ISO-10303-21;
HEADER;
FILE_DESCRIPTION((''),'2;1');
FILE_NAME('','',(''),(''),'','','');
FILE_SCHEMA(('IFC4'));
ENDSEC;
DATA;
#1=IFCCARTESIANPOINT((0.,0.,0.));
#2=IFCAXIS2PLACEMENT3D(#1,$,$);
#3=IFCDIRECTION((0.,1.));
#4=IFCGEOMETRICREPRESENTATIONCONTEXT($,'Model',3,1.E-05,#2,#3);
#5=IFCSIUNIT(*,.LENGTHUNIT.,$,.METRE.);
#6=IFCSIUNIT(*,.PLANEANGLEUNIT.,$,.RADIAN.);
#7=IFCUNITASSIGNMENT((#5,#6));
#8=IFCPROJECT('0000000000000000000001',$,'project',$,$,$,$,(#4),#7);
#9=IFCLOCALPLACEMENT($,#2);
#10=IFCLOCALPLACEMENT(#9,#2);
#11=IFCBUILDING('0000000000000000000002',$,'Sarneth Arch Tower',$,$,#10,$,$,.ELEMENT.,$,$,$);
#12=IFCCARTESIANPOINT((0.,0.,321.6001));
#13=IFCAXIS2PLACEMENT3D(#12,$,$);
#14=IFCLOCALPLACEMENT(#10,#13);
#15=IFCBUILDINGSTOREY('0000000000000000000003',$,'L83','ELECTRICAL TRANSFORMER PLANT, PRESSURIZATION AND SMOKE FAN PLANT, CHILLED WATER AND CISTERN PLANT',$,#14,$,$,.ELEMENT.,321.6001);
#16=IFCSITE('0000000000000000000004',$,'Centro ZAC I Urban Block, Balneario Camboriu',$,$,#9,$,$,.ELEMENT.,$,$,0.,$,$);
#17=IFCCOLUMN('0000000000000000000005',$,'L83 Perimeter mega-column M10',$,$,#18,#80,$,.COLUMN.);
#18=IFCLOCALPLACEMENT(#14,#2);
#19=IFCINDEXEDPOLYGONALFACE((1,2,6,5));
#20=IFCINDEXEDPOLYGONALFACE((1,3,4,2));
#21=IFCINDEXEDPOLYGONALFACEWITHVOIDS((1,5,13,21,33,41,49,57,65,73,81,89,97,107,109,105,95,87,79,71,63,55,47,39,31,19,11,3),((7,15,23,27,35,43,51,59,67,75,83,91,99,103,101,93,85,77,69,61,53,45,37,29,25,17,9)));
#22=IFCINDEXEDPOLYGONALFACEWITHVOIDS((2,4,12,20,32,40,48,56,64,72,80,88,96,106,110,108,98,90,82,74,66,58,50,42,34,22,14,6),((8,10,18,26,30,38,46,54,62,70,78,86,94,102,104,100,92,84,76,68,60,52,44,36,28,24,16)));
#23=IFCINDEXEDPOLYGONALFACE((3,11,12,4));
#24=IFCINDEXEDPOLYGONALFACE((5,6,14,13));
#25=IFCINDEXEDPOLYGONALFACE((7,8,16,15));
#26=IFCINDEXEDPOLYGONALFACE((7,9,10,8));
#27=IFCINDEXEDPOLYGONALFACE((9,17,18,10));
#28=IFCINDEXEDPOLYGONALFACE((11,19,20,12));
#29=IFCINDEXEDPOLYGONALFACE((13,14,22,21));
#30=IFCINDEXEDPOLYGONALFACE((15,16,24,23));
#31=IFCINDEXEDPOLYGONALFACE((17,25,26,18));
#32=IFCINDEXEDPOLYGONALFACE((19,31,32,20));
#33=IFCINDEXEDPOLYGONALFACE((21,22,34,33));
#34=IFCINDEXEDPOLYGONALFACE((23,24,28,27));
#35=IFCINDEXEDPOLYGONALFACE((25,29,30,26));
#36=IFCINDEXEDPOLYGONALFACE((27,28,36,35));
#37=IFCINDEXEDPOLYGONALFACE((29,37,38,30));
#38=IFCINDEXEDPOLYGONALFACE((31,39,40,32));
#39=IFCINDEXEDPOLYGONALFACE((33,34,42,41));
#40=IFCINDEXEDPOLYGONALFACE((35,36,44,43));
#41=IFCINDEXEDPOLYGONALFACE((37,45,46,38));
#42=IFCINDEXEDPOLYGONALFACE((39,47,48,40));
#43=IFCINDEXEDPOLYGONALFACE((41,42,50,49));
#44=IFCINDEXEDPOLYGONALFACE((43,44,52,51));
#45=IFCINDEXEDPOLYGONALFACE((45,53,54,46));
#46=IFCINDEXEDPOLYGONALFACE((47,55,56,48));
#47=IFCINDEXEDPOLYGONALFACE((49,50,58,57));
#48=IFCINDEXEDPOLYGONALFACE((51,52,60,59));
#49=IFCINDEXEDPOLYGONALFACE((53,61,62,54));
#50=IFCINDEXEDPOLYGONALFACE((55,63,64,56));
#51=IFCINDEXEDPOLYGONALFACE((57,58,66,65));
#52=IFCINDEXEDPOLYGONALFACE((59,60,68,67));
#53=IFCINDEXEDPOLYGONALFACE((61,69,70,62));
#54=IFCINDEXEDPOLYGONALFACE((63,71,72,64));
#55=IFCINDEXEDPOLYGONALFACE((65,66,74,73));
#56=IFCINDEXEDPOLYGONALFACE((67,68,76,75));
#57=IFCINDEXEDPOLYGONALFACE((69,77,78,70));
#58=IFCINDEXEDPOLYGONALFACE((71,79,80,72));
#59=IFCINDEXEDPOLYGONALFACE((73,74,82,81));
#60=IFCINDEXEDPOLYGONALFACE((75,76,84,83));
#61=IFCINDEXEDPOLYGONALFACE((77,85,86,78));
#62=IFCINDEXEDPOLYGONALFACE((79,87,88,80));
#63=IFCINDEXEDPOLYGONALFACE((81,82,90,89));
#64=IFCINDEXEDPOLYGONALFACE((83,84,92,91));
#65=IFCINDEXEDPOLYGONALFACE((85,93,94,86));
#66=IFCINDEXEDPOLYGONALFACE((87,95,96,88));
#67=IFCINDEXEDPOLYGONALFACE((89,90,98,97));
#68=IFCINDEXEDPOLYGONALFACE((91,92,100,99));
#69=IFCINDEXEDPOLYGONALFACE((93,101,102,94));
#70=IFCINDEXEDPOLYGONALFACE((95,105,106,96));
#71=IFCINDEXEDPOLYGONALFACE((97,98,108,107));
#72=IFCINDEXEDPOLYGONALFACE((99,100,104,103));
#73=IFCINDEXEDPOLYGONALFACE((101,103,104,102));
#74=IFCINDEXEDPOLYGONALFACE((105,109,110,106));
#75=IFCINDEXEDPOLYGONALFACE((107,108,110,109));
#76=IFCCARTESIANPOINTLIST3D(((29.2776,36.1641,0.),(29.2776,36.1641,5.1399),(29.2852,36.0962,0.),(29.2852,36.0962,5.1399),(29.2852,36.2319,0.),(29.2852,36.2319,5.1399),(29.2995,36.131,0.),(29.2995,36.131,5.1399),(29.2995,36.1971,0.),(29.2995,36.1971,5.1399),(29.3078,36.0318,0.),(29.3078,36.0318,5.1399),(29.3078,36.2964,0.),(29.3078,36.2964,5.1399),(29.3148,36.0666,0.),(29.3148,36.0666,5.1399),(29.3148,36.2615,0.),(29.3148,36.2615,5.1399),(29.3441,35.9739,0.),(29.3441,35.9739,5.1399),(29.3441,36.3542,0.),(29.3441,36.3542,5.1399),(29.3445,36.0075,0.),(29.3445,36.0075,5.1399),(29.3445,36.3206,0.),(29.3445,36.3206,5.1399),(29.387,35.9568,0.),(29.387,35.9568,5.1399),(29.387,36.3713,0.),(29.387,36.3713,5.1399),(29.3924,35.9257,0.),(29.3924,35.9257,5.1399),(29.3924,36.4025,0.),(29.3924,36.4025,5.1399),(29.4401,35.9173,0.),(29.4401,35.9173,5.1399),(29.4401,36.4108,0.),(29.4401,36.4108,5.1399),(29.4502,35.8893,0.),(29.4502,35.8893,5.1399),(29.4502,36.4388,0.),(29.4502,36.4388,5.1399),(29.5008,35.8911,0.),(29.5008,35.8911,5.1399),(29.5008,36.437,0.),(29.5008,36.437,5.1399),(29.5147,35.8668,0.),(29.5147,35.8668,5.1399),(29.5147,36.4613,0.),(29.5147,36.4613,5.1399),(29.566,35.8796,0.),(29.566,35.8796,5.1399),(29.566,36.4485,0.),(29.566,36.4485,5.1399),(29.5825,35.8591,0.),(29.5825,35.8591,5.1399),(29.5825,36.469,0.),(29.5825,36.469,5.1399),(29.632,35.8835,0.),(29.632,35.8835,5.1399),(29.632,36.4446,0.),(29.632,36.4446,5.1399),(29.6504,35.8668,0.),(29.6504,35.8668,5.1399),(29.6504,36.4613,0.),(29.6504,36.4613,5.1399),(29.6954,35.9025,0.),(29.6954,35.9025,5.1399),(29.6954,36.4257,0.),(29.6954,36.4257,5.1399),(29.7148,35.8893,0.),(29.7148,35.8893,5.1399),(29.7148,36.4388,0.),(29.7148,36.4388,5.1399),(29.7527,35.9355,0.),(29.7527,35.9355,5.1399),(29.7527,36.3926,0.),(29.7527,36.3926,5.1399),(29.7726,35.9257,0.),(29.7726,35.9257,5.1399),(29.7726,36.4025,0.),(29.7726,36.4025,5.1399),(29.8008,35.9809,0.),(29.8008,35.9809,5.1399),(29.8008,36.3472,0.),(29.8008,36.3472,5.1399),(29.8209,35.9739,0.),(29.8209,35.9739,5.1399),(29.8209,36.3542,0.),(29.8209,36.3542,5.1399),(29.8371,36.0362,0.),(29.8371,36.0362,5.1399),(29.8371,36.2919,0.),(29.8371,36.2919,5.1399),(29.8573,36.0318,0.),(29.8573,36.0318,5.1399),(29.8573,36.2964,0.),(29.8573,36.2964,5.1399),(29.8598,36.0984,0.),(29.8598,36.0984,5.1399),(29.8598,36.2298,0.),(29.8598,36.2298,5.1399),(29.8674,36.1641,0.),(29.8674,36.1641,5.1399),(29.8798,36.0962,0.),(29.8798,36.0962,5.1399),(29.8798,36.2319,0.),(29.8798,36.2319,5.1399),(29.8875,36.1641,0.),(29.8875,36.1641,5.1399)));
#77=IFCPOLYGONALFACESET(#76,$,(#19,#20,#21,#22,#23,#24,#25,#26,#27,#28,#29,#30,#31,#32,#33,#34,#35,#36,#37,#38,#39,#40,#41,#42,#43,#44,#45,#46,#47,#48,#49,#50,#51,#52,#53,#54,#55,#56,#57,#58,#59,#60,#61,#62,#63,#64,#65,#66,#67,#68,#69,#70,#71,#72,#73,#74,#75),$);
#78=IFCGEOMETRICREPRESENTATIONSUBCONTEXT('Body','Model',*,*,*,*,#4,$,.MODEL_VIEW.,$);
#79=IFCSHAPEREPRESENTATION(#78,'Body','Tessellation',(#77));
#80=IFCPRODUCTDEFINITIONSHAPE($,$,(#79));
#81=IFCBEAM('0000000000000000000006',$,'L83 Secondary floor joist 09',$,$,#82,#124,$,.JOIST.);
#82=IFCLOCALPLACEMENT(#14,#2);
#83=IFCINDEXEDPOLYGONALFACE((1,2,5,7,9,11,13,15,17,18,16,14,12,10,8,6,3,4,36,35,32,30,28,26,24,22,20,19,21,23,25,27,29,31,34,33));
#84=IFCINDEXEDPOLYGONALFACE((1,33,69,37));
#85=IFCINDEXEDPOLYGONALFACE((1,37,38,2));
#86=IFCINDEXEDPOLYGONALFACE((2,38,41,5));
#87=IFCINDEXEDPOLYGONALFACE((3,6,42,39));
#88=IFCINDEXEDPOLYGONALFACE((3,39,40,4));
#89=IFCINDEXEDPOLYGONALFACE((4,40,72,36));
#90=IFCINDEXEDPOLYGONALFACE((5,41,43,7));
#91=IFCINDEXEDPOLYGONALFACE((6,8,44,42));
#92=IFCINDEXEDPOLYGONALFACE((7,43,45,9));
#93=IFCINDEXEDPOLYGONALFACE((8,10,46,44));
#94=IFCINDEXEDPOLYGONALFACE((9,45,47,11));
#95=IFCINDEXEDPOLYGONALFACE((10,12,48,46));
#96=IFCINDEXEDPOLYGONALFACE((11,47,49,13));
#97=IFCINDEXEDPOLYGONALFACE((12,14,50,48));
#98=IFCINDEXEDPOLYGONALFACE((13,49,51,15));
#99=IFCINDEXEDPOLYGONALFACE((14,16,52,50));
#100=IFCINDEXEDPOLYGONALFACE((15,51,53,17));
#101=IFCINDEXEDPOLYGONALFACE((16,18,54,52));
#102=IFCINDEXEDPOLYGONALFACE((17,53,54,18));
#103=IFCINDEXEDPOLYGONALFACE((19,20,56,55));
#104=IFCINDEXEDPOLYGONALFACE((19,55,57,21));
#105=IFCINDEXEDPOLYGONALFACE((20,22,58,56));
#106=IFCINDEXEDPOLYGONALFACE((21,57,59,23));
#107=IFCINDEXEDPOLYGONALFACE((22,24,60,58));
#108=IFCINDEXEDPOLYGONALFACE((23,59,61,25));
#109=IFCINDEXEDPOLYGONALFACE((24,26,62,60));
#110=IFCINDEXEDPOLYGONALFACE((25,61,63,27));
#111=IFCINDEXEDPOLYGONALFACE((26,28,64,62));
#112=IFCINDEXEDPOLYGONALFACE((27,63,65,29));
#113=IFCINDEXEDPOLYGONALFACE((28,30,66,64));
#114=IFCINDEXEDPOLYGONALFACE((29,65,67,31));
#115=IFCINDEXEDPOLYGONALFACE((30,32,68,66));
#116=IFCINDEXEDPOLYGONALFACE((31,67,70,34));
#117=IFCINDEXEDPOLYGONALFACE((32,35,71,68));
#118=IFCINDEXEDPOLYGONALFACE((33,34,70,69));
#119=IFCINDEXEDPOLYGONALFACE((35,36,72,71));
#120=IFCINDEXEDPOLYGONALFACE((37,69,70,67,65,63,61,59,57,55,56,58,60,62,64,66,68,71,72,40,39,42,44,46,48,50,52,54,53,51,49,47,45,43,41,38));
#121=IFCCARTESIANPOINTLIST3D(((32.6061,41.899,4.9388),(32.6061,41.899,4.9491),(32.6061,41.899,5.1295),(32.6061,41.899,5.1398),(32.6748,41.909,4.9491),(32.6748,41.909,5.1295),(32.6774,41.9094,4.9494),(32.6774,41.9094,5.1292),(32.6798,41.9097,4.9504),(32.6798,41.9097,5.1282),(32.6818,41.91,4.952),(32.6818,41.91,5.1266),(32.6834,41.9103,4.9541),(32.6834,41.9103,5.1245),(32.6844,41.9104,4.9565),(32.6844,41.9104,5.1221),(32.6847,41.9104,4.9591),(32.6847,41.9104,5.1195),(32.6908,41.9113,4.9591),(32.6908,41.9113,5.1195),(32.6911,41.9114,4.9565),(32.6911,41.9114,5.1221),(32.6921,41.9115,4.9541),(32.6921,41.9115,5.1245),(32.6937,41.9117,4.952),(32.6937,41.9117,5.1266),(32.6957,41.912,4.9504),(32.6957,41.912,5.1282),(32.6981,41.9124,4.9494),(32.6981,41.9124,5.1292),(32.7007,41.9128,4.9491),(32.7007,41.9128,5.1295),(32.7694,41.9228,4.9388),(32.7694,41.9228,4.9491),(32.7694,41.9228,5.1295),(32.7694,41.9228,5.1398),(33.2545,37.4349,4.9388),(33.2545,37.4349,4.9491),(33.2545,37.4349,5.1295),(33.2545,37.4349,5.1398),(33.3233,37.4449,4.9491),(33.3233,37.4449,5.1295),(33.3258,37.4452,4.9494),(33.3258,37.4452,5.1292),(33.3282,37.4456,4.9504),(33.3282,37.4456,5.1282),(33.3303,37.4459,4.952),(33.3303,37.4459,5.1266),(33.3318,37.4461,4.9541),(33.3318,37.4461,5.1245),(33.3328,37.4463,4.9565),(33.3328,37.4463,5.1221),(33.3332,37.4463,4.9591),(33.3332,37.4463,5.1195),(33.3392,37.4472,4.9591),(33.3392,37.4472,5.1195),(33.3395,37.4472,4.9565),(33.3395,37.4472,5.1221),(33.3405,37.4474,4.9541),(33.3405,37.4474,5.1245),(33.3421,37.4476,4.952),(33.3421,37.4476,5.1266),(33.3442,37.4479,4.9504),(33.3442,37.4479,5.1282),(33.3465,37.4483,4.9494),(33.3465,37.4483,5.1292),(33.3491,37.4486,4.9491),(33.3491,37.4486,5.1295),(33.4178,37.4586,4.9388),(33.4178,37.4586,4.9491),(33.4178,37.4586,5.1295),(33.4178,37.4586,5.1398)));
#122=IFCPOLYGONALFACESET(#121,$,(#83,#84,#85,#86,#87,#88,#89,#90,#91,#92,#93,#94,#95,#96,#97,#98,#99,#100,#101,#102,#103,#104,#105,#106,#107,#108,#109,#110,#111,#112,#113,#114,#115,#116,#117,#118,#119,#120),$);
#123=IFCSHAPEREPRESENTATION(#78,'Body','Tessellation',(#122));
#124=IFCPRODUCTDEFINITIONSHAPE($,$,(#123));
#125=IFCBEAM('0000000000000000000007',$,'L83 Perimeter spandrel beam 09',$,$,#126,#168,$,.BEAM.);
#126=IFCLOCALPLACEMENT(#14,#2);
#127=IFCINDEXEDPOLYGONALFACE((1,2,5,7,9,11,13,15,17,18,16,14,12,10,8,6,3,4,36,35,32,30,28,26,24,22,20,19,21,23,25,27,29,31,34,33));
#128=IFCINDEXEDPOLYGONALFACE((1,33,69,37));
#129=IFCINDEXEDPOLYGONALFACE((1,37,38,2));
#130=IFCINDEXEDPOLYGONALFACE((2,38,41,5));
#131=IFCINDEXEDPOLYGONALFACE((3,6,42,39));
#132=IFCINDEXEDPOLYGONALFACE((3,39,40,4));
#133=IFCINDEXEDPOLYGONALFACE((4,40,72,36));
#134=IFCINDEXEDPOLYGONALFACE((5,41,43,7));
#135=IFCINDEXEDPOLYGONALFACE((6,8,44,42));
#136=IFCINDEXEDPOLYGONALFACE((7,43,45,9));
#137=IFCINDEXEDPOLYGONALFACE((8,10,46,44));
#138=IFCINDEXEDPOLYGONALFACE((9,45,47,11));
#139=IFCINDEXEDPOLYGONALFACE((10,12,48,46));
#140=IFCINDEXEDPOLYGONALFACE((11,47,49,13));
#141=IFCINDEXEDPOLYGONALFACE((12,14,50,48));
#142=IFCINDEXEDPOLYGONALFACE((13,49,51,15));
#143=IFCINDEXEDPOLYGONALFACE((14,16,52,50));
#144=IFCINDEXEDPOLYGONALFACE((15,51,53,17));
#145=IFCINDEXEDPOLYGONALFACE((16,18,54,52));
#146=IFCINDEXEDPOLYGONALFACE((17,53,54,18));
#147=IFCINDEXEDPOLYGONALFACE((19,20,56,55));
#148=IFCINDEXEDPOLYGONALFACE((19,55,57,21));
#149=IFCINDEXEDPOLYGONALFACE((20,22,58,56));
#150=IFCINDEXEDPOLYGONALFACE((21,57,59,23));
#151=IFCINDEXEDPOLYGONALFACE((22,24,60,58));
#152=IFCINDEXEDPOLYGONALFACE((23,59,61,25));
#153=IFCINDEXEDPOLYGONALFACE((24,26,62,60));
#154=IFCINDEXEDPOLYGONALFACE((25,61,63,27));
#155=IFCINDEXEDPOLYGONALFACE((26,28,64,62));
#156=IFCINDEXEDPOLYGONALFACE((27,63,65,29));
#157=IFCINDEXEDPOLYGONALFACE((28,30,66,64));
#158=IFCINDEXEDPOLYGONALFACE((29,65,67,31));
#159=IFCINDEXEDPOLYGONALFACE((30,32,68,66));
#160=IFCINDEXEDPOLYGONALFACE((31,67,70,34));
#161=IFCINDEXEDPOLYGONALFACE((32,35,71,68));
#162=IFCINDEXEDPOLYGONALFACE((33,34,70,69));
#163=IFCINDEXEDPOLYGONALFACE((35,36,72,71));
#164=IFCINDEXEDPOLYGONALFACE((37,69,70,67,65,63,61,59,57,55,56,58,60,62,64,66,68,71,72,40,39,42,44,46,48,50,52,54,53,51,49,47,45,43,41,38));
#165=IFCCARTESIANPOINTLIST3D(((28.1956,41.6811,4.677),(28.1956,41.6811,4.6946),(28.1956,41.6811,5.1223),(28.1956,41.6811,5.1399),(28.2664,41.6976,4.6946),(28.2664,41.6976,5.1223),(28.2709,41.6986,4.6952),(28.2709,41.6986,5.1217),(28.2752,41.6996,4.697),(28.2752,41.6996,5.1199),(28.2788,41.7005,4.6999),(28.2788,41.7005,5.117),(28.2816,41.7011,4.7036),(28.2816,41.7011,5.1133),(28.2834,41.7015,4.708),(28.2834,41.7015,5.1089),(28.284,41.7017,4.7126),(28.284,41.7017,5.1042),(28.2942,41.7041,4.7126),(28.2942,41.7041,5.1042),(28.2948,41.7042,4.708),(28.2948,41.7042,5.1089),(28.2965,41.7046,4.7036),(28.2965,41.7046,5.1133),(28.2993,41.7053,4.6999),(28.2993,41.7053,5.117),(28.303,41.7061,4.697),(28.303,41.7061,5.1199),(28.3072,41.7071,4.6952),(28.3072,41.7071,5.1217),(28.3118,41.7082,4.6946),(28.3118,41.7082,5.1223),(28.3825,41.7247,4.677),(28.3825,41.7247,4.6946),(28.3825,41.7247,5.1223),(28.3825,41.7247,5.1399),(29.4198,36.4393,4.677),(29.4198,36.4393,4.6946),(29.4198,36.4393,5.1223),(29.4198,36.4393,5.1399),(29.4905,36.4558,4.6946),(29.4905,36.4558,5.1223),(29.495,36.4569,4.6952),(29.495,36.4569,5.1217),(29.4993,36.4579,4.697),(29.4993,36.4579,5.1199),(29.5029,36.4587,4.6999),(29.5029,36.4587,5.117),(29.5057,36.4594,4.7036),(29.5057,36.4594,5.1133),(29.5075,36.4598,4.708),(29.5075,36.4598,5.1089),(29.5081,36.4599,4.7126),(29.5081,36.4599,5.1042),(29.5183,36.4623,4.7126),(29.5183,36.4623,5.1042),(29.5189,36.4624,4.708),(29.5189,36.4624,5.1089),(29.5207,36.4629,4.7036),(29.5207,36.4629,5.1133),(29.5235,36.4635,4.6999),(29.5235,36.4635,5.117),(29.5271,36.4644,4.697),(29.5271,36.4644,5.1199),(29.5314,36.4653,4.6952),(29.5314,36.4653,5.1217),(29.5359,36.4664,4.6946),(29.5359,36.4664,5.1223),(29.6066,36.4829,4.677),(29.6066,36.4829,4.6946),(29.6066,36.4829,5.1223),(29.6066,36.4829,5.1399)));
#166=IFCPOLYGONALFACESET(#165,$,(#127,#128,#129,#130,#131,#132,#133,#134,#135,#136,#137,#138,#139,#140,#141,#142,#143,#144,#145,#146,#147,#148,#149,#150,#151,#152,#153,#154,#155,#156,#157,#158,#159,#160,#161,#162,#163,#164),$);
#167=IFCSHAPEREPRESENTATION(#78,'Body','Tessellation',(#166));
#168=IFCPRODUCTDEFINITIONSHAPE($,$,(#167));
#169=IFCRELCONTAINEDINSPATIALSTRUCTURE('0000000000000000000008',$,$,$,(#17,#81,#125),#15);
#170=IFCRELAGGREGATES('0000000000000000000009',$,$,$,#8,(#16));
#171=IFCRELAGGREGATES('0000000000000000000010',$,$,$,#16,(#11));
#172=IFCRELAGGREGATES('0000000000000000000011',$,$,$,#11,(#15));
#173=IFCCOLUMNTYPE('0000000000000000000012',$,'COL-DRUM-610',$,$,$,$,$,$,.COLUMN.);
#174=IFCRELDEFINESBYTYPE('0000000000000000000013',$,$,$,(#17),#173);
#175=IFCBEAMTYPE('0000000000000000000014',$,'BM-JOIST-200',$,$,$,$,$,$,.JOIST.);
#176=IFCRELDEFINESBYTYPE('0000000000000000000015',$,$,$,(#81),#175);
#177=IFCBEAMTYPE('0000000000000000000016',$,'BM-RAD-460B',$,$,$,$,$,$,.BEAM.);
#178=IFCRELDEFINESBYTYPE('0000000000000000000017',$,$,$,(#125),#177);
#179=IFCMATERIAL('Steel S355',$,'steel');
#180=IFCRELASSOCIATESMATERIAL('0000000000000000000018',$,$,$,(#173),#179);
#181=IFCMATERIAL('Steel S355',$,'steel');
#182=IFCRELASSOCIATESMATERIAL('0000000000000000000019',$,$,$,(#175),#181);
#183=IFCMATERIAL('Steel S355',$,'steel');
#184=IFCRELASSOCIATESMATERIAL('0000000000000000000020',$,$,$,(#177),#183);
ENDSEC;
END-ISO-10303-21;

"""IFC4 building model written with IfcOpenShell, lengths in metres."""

from ifc_helpers import new_model, si_unit, direction, frame, origin, origin_2d, place, context, subcontext, project, spatial, hollow_circle, i_section, extrude, material, material_profile, profile_set, type_object, element, save


model = new_model("IFC4")

# Units and contexts
model_context = context("Model", 3, precision=1e-05, world=origin(), true_north=direction((0.0, 1.0)))
body_context = subcontext(model_context, "Body", "Model", "MODEL_VIEW")
ifc_project = project(units=[si_unit("LENGTHUNIT", "METRE"), si_unit("PLANEANGLEUNIT", "RADIAN")], contexts=[model_context])

# Site, building, storey
site_placement = place(None, origin())
site = spatial("IfcSite", under=ifc_project, at=site_placement, Name="Centro ZAC I Urban Block, Balneario Camboriu", CompositionType="ELEMENT", RefElevation=0.0)
building_placement = place(site_placement, origin())
building = spatial("IfcBuilding", under=site, at=building_placement, Name="Sarneth Arch Tower", CompositionType="ELEMENT")
storey_placement = place(building_placement, frame((0.0, 0.0, 321.6001)))
storey = spatial("IfcBuildingStorey", under=building, at=storey_placement, Name="L83", Description="ELECTRICAL TRANSFORMER PLANT, PRESSURIZATION AND SMOKE FAN PLANT, CHILLED WATER AND CISTERN PLANT", CompositionType="ELEMENT", Elevation=321.6001)

# Column
ifc_material_1 = material(Name="Steel S355", Category="steel")
ifc_material_profile_1 = material_profile(ifc_material_1, hollow_circle(Radius=0.3049, WallThickness=0.02, at=origin_2d()), Name="CHS610x20")
ifc_profile_set_1 = profile_set([ifc_material_profile_1], Name="Steel S355")
column_type = type_object("IfcColumnType", Name="COL-DRUM-610", PredefinedType="COLUMN", material=ifc_profile_set_1)
column_placement = place(storey_placement, frame((29.5825, 36.1641, 0.0), z_axis=(0.0, 0.0, 1.0), x_axis=(1.0, 0.0, 0.0)))
element("IfcColumn", 1, at=column_placement, inside=storey, type_object=column_type, Name="L83 Perimeter mega-column M10", PredefinedType="COLUMN", context=body_context, shape_type="SweptSolid", body=[
    extrude(hollow_circle(Radius=0.3049, WallThickness=0.02, at=origin_2d()), origin(), (0.0, 0.0, 1.0), 5.1399),
])

# Beams
ifc_material_2 = material(Name="Steel S355", Category="steel")
ifc_material_profile_2 = material_profile(ifc_material_2, i_section(OverallWidth=0.165, OverallDepth=0.2009, WebThickness=0.0061, FlangeThickness=0.0103, FilletRadius=0.01, at=origin_2d()), Name="W200x35.9")
ifc_profile_set_2 = profile_set([ifc_material_profile_2], Name="Steel S355")
beam_type_1 = type_object("IfcBeamType", Name="BM-JOIST-200", PredefinedType="JOIST", material=ifc_profile_set_2)
beam_1_placement = place(storey_placement, frame((32.6877, 41.9109, 5.0393), z_axis=(0.143747, -0.989614, 0.0), x_axis=(0.989614, 0.143747, 0.0)))
element("IfcBeam", 2, at=beam_1_placement, inside=storey, type_object=beam_type_1, Name="L83 Secondary floor joist 09", PredefinedType="JOIST", context=body_context, shape_type="SweptSolid", body=[
    extrude(i_section(OverallWidth=0.165, OverallDepth=0.2009, WebThickness=0.0061, FlangeThickness=0.0103, FilletRadius=0.01, at=origin_2d()), origin(), (0.0, 0.0, 1.0), 4.511),
])
ifc_material_3 = material(Name="Steel S355", Category="steel")
ifc_material_profile_3 = material_profile(ifc_material_3, i_section(OverallWidth=0.1919, OverallDepth=0.4629, WebThickness=0.0105, FlangeThickness=0.0176, FilletRadius=0.0181, at=origin_2d()), Name="W460x89")
ifc_profile_set_3 = profile_set([ifc_material_profile_3], Name="Steel S355")
beam_type_2 = type_object("IfcBeamType", Name="BM-RAD-460B", PredefinedType="BEAM", material=ifc_profile_set_3)
beam_2_placement = place(storey_placement, frame((28.2891, 41.7029, 4.9084), z_axis=(0.227416, -0.973798, 0.0), x_axis=(0.973798, 0.227416, 0.0)))
element("IfcBeam", 3, at=beam_2_placement, inside=storey, type_object=beam_type_2, Name="L83 Perimeter spandrel beam 09", PredefinedType="BEAM", context=body_context, shape_type="SweptSolid", body=[
    extrude(i_section(OverallWidth=0.1919, OverallDepth=0.4629, WebThickness=0.0105, FlangeThickness=0.0176, FilletRadius=0.0181, at=origin_2d()), origin(), (0.0, 0.0, 1.0), 5.3828),
])

save(model, "model.ifc")
